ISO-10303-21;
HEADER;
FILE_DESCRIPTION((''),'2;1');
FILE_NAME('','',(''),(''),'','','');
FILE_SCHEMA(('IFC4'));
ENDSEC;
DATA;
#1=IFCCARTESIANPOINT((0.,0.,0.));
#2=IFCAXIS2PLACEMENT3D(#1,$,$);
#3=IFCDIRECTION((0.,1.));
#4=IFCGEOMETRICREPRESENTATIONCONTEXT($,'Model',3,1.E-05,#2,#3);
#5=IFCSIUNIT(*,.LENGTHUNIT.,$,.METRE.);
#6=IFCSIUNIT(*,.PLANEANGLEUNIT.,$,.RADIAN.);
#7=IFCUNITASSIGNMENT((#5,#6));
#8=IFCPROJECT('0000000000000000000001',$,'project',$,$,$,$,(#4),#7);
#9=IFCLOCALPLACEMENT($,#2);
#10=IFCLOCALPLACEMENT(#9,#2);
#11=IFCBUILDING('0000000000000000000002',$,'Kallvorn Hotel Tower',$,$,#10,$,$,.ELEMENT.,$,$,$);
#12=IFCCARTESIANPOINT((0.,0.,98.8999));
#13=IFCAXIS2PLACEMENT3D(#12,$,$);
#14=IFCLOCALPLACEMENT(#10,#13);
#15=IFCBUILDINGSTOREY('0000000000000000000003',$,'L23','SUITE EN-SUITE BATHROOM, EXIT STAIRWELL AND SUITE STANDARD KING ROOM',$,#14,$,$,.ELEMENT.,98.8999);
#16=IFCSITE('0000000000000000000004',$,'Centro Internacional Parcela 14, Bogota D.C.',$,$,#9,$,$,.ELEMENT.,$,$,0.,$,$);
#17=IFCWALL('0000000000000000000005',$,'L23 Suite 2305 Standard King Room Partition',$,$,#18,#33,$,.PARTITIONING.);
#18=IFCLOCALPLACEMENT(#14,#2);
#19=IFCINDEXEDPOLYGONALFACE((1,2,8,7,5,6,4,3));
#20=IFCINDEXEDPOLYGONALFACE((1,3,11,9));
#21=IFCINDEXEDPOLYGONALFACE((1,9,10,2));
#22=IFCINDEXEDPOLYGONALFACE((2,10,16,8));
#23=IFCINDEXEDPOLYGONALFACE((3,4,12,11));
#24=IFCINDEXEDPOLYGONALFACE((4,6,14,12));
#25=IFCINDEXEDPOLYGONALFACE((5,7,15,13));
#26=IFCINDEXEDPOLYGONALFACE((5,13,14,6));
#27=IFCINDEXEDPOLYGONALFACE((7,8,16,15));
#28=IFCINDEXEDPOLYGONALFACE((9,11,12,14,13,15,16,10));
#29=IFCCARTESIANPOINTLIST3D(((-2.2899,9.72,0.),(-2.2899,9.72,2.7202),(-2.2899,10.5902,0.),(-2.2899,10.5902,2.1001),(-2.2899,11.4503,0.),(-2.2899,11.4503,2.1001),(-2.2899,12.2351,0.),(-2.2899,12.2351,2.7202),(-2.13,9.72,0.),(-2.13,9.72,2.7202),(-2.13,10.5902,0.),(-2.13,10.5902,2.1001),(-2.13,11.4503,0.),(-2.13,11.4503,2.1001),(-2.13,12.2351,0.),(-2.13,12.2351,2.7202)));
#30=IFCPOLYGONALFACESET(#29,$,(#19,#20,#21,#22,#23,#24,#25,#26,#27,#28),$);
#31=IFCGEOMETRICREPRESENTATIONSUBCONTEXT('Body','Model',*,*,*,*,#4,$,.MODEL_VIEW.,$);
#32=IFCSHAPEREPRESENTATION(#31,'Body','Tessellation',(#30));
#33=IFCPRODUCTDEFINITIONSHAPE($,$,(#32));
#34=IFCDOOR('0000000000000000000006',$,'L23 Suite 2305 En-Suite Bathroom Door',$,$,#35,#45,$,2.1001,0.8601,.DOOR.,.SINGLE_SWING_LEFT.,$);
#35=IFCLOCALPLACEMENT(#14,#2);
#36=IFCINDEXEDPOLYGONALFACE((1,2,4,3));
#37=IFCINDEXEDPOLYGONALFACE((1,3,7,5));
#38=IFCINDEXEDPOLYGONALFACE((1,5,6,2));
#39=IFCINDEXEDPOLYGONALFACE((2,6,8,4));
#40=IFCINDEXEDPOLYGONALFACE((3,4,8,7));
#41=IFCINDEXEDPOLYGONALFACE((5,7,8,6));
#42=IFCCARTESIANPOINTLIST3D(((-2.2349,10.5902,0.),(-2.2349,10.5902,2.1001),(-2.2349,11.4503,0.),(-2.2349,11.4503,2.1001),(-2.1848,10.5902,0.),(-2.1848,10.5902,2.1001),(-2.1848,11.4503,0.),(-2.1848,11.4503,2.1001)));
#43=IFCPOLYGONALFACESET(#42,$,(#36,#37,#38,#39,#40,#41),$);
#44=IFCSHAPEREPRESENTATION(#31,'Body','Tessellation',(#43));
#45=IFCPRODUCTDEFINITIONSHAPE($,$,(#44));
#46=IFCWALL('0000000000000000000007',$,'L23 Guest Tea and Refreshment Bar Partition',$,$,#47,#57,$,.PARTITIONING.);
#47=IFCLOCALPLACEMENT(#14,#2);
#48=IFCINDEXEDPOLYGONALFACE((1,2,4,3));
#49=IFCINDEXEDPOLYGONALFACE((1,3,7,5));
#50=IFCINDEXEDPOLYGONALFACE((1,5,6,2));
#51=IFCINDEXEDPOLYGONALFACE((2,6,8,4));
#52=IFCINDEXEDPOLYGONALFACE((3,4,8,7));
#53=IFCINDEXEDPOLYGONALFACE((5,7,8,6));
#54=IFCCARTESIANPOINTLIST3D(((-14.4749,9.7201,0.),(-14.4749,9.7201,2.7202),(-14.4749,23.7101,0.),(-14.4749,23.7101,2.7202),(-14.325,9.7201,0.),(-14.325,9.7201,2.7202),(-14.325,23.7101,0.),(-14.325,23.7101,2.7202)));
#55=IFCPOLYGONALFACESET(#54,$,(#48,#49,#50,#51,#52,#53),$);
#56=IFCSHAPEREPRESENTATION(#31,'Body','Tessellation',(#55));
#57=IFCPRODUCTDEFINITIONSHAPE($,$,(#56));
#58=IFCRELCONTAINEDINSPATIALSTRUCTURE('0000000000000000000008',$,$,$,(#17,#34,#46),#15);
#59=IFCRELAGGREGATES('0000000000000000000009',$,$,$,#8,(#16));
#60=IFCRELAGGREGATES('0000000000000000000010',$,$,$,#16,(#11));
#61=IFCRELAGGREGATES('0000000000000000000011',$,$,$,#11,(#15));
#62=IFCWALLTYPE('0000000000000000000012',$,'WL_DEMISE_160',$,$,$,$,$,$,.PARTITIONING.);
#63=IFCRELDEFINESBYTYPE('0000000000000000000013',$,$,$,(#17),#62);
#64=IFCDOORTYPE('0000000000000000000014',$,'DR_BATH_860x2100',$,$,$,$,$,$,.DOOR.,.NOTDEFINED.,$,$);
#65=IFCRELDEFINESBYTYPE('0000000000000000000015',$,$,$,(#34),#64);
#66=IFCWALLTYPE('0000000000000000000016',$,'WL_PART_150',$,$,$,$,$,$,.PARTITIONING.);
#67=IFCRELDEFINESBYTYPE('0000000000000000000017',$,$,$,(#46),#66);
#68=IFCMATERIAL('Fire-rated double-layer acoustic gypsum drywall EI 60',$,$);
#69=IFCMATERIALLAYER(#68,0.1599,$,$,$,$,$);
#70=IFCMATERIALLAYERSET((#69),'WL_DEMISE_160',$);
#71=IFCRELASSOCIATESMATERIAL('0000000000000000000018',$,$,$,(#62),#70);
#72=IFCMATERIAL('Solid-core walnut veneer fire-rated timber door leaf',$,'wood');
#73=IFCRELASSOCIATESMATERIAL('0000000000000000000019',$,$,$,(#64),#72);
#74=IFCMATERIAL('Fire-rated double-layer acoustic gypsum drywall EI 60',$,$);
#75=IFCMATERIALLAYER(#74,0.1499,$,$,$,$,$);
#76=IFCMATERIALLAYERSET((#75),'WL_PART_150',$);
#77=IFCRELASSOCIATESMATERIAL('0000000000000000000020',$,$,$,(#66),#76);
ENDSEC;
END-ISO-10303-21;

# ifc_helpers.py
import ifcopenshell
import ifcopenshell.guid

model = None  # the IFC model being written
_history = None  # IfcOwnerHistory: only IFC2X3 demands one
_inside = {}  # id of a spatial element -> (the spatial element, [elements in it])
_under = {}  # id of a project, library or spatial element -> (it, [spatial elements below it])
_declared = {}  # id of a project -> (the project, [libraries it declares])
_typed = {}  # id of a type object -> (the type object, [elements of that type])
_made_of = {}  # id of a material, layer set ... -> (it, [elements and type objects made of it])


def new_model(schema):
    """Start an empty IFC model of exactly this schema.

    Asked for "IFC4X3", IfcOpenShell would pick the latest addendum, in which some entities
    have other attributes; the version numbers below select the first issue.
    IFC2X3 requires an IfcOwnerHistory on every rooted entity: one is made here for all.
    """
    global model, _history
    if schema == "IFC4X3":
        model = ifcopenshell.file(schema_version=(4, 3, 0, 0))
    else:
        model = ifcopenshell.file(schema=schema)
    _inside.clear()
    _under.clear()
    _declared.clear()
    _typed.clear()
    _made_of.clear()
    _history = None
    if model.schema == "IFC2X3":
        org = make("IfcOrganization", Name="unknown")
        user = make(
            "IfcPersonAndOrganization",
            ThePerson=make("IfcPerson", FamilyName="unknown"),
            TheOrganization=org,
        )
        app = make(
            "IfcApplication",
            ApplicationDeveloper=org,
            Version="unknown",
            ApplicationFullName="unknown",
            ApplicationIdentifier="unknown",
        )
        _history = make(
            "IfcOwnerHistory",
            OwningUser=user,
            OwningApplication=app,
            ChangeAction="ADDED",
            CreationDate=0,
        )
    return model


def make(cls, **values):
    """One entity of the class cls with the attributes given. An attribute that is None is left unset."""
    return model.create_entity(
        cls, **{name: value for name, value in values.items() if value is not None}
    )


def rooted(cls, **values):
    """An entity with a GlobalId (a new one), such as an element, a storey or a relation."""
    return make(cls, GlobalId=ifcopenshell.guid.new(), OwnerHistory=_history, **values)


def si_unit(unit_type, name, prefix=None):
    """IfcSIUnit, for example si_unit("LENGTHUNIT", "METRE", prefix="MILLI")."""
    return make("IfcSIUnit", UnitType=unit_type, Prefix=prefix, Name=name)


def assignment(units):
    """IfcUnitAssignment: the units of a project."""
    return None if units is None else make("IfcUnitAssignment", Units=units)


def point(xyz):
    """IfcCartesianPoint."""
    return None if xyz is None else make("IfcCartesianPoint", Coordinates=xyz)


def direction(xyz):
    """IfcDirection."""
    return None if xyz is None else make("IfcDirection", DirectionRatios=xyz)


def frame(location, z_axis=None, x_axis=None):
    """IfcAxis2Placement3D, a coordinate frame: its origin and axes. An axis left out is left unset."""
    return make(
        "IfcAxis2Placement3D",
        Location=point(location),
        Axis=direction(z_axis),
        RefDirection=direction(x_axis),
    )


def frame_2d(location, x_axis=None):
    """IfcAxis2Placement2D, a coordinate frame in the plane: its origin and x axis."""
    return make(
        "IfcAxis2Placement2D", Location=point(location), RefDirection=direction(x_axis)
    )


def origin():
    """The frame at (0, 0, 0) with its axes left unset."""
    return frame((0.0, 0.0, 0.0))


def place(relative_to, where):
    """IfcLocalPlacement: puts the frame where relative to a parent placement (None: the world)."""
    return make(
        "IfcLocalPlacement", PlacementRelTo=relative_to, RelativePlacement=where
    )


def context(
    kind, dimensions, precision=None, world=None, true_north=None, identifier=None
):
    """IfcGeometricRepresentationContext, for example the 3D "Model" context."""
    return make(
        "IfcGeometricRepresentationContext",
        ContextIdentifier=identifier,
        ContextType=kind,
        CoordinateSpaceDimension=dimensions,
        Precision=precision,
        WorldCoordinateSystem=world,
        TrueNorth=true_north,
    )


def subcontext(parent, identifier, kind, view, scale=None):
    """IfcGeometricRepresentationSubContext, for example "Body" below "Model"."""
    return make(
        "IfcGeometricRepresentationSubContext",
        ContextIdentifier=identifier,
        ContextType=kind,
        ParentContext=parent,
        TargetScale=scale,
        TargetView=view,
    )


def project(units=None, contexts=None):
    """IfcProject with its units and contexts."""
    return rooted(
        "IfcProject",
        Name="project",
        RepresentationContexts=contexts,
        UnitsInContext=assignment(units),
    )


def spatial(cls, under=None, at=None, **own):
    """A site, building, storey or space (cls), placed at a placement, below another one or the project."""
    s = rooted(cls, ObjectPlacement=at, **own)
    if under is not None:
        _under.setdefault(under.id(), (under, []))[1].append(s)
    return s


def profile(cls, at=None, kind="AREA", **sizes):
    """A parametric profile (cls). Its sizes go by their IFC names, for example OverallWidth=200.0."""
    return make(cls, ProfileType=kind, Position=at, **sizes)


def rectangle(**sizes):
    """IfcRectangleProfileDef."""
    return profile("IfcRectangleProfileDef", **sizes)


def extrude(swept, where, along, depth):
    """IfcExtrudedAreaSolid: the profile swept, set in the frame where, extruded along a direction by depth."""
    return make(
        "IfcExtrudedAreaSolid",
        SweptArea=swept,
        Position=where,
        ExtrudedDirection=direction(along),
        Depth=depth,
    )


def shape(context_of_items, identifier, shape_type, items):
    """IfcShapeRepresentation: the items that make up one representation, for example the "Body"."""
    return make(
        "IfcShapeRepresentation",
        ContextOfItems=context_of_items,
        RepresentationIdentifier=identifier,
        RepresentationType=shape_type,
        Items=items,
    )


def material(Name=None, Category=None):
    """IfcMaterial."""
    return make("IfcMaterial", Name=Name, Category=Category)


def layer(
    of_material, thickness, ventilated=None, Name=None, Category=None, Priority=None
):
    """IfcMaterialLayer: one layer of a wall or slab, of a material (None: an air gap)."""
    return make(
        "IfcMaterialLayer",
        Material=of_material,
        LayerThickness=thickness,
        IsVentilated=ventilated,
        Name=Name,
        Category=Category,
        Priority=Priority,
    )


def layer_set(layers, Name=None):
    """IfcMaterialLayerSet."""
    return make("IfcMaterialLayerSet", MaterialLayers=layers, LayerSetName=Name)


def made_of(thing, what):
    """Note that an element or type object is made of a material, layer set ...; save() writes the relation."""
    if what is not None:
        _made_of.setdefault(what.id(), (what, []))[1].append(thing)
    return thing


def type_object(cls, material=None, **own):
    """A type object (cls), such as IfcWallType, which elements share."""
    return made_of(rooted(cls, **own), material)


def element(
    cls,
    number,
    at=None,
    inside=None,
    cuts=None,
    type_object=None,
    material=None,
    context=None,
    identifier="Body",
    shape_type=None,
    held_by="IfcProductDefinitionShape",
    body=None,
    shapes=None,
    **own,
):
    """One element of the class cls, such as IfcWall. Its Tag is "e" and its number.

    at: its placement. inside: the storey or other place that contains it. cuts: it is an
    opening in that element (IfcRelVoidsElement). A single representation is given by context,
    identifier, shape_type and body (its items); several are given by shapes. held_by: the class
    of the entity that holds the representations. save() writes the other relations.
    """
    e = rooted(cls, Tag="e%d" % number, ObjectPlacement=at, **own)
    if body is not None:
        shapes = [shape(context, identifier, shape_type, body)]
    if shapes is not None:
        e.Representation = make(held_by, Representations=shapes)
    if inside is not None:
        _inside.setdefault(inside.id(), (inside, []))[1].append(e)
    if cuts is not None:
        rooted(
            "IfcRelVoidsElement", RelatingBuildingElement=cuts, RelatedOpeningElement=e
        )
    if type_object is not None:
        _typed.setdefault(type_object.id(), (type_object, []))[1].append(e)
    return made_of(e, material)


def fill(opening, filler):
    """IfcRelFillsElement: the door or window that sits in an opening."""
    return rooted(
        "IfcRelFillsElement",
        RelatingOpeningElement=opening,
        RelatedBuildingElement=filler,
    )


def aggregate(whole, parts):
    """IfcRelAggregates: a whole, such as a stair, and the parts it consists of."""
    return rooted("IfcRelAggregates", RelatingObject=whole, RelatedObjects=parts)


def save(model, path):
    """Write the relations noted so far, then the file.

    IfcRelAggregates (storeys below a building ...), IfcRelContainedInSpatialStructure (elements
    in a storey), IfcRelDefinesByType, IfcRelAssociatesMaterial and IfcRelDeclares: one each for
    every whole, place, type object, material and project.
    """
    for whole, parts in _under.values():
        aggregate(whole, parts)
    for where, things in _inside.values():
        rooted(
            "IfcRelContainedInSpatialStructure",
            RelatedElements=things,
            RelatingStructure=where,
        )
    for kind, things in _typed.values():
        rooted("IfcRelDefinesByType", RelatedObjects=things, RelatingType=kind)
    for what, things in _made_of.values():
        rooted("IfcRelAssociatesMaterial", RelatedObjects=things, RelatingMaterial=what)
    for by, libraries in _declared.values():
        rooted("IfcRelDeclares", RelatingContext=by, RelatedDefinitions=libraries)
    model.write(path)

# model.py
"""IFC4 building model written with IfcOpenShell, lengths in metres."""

from ifc_helpers import new_model, si_unit, direction, frame, frame_2d, origin, place, context, subcontext, project, spatial, rectangle, extrude, material, layer, layer_set, type_object, element, fill, save


model = new_model("IFC4")

# Units and contexts
model_context = context("Model", 3, precision=1e-05, world=origin(), true_north=direction((0.0, 1.0)))
body_context = subcontext(model_context, "Body", "Model", "MODEL_VIEW")
ifc_project = project(units=[si_unit("LENGTHUNIT", "METRE"), si_unit("PLANEANGLEUNIT", "RADIAN")], contexts=[model_context])

# Site, building, storey
site_placement = place(None, origin())
site = spatial("IfcSite", under=ifc_project, at=site_placement, Name="Centro Internacional Parcela 14, Bogota D.C.", CompositionType="ELEMENT", RefElevation=0.0)
building_placement = place(site_placement, origin())
building = spatial("IfcBuilding", under=site, at=building_placement, Name="Kallvorn Hotel Tower", CompositionType="ELEMENT")
storey_placement = place(building_placement, frame((0.0, 0.0, 98.8999)))
storey = spatial("IfcBuildingStorey", under=building, at=storey_placement, Name="L23", Description="SUITE EN-SUITE BATHROOM, EXIT STAIRWELL AND SUITE STANDARD KING ROOM", CompositionType="ELEMENT", Elevation=98.8999)

# Shared definitions
ifc_material_1 = material(Name="Fire-rated double-layer acoustic gypsum drywall EI 60")
ifc_layer_1 = layer(ifc_material_1, 0.1599)
ifc_layer_set_1 = layer_set([ifc_layer_1], Name="WL_DEMISE_160")
wall_type_1 = type_object("IfcWallType", Name="WL_DEMISE_160", PredefinedType="PARTITIONING", material=ifc_layer_set_1)

# Wall, opening, door
wall_1_placement = place(storey_placement, frame((-2.21, 9.72, 0.0), z_axis=(0.0, 0.0, 1.0), x_axis=(0.0, 1.0, 0.0)))
wall_1 = element("IfcWall", 1, at=wall_1_placement, inside=storey, type_object=wall_type_1, Name="L23 Suite 2305 Standard King Room Partition", PredefinedType="PARTITIONING", context=body_context, shape_type="SweptSolid", body=[
    extrude(rectangle(XDim=2.5151, YDim=0.1599, at=frame_2d((1.2576, 0.0))), origin(), (0.0, 0.0, 1.0), 2.7202),
])
opening_placement = place(wall_1_placement, frame((0.8701, 0.0, 0.0)))
opening = element("IfcOpeningElement", 2, at=opening_placement, cuts=wall_1, PredefinedType="OPENING", context=body_context, shape_type="SweptSolid", body=[
    extrude(rectangle(XDim=0.8601, YDim=2.1001, at=frame_2d((0.4302, 1.05))), frame((0.0, 0.095, 0.0), z_axis=(0.0, -1.0, 0.0), x_axis=(1.0, 0.0, 0.0)), (0.0, 0.0, 1.0), 0.1899),
])
ifc_material_2 = material(Name="Solid-core walnut veneer fire-rated timber door leaf", Category="wood")
door_type = type_object("IfcDoorType", Name="DR_BATH_860x2100", OperationType="NOTDEFINED", PredefinedType="DOOR", material=ifc_material_2)
door_placement = place(opening_placement, origin())
door = element("IfcDoor", 3, at=door_placement, inside=storey, type_object=door_type, Name="L23 Suite 2305 En-Suite Bathroom Door", OperationType="SINGLE_SWING_LEFT", OverallHeight=2.1001, OverallWidth=0.8601, PredefinedType="DOOR", context=body_context, shape_type="SweptSolid", body=[
    extrude(rectangle(XDim=0.8601, YDim=2.1001, at=frame_2d((0.4302, 1.05))), frame((0.0, 0.0249, 0.0), z_axis=(0.0, -1.0, 0.0), x_axis=(1.0, 0.0, 0.0)), (0.0, 0.0, 1.0), 0.05),
])
fill(opening, door)

# Wall
ifc_material_3 = material(Name="Fire-rated double-layer acoustic gypsum drywall EI 60")
ifc_layer_2 = layer(ifc_material_3, 0.1499)
ifc_layer_set_2 = layer_set([ifc_layer_2], Name="WL_PART_150")
wall_type_2 = type_object("IfcWallType", Name="WL_PART_150", PredefinedType="PARTITIONING", material=ifc_layer_set_2)
wall_2_placement = place(storey_placement, frame((-14.3999, 9.72, 0.0), z_axis=(0.0, 0.0, 1.0), x_axis=(0.0, 1.0, 0.0)))
element("IfcWall", 4, at=wall_2_placement, inside=storey, type_object=wall_type_2, Name="L23 Guest Tea and Refreshment Bar Partition", PredefinedType="PARTITIONING", context=body_context, shape_type="SweptSolid", body=[
    extrude(rectangle(XDim=13.99, YDim=0.1499, at=frame_2d((6.9951, 0.0))), origin(), (0.0, 0.0, 1.0), 2.7202),
])

save(model, "model.ifc")
